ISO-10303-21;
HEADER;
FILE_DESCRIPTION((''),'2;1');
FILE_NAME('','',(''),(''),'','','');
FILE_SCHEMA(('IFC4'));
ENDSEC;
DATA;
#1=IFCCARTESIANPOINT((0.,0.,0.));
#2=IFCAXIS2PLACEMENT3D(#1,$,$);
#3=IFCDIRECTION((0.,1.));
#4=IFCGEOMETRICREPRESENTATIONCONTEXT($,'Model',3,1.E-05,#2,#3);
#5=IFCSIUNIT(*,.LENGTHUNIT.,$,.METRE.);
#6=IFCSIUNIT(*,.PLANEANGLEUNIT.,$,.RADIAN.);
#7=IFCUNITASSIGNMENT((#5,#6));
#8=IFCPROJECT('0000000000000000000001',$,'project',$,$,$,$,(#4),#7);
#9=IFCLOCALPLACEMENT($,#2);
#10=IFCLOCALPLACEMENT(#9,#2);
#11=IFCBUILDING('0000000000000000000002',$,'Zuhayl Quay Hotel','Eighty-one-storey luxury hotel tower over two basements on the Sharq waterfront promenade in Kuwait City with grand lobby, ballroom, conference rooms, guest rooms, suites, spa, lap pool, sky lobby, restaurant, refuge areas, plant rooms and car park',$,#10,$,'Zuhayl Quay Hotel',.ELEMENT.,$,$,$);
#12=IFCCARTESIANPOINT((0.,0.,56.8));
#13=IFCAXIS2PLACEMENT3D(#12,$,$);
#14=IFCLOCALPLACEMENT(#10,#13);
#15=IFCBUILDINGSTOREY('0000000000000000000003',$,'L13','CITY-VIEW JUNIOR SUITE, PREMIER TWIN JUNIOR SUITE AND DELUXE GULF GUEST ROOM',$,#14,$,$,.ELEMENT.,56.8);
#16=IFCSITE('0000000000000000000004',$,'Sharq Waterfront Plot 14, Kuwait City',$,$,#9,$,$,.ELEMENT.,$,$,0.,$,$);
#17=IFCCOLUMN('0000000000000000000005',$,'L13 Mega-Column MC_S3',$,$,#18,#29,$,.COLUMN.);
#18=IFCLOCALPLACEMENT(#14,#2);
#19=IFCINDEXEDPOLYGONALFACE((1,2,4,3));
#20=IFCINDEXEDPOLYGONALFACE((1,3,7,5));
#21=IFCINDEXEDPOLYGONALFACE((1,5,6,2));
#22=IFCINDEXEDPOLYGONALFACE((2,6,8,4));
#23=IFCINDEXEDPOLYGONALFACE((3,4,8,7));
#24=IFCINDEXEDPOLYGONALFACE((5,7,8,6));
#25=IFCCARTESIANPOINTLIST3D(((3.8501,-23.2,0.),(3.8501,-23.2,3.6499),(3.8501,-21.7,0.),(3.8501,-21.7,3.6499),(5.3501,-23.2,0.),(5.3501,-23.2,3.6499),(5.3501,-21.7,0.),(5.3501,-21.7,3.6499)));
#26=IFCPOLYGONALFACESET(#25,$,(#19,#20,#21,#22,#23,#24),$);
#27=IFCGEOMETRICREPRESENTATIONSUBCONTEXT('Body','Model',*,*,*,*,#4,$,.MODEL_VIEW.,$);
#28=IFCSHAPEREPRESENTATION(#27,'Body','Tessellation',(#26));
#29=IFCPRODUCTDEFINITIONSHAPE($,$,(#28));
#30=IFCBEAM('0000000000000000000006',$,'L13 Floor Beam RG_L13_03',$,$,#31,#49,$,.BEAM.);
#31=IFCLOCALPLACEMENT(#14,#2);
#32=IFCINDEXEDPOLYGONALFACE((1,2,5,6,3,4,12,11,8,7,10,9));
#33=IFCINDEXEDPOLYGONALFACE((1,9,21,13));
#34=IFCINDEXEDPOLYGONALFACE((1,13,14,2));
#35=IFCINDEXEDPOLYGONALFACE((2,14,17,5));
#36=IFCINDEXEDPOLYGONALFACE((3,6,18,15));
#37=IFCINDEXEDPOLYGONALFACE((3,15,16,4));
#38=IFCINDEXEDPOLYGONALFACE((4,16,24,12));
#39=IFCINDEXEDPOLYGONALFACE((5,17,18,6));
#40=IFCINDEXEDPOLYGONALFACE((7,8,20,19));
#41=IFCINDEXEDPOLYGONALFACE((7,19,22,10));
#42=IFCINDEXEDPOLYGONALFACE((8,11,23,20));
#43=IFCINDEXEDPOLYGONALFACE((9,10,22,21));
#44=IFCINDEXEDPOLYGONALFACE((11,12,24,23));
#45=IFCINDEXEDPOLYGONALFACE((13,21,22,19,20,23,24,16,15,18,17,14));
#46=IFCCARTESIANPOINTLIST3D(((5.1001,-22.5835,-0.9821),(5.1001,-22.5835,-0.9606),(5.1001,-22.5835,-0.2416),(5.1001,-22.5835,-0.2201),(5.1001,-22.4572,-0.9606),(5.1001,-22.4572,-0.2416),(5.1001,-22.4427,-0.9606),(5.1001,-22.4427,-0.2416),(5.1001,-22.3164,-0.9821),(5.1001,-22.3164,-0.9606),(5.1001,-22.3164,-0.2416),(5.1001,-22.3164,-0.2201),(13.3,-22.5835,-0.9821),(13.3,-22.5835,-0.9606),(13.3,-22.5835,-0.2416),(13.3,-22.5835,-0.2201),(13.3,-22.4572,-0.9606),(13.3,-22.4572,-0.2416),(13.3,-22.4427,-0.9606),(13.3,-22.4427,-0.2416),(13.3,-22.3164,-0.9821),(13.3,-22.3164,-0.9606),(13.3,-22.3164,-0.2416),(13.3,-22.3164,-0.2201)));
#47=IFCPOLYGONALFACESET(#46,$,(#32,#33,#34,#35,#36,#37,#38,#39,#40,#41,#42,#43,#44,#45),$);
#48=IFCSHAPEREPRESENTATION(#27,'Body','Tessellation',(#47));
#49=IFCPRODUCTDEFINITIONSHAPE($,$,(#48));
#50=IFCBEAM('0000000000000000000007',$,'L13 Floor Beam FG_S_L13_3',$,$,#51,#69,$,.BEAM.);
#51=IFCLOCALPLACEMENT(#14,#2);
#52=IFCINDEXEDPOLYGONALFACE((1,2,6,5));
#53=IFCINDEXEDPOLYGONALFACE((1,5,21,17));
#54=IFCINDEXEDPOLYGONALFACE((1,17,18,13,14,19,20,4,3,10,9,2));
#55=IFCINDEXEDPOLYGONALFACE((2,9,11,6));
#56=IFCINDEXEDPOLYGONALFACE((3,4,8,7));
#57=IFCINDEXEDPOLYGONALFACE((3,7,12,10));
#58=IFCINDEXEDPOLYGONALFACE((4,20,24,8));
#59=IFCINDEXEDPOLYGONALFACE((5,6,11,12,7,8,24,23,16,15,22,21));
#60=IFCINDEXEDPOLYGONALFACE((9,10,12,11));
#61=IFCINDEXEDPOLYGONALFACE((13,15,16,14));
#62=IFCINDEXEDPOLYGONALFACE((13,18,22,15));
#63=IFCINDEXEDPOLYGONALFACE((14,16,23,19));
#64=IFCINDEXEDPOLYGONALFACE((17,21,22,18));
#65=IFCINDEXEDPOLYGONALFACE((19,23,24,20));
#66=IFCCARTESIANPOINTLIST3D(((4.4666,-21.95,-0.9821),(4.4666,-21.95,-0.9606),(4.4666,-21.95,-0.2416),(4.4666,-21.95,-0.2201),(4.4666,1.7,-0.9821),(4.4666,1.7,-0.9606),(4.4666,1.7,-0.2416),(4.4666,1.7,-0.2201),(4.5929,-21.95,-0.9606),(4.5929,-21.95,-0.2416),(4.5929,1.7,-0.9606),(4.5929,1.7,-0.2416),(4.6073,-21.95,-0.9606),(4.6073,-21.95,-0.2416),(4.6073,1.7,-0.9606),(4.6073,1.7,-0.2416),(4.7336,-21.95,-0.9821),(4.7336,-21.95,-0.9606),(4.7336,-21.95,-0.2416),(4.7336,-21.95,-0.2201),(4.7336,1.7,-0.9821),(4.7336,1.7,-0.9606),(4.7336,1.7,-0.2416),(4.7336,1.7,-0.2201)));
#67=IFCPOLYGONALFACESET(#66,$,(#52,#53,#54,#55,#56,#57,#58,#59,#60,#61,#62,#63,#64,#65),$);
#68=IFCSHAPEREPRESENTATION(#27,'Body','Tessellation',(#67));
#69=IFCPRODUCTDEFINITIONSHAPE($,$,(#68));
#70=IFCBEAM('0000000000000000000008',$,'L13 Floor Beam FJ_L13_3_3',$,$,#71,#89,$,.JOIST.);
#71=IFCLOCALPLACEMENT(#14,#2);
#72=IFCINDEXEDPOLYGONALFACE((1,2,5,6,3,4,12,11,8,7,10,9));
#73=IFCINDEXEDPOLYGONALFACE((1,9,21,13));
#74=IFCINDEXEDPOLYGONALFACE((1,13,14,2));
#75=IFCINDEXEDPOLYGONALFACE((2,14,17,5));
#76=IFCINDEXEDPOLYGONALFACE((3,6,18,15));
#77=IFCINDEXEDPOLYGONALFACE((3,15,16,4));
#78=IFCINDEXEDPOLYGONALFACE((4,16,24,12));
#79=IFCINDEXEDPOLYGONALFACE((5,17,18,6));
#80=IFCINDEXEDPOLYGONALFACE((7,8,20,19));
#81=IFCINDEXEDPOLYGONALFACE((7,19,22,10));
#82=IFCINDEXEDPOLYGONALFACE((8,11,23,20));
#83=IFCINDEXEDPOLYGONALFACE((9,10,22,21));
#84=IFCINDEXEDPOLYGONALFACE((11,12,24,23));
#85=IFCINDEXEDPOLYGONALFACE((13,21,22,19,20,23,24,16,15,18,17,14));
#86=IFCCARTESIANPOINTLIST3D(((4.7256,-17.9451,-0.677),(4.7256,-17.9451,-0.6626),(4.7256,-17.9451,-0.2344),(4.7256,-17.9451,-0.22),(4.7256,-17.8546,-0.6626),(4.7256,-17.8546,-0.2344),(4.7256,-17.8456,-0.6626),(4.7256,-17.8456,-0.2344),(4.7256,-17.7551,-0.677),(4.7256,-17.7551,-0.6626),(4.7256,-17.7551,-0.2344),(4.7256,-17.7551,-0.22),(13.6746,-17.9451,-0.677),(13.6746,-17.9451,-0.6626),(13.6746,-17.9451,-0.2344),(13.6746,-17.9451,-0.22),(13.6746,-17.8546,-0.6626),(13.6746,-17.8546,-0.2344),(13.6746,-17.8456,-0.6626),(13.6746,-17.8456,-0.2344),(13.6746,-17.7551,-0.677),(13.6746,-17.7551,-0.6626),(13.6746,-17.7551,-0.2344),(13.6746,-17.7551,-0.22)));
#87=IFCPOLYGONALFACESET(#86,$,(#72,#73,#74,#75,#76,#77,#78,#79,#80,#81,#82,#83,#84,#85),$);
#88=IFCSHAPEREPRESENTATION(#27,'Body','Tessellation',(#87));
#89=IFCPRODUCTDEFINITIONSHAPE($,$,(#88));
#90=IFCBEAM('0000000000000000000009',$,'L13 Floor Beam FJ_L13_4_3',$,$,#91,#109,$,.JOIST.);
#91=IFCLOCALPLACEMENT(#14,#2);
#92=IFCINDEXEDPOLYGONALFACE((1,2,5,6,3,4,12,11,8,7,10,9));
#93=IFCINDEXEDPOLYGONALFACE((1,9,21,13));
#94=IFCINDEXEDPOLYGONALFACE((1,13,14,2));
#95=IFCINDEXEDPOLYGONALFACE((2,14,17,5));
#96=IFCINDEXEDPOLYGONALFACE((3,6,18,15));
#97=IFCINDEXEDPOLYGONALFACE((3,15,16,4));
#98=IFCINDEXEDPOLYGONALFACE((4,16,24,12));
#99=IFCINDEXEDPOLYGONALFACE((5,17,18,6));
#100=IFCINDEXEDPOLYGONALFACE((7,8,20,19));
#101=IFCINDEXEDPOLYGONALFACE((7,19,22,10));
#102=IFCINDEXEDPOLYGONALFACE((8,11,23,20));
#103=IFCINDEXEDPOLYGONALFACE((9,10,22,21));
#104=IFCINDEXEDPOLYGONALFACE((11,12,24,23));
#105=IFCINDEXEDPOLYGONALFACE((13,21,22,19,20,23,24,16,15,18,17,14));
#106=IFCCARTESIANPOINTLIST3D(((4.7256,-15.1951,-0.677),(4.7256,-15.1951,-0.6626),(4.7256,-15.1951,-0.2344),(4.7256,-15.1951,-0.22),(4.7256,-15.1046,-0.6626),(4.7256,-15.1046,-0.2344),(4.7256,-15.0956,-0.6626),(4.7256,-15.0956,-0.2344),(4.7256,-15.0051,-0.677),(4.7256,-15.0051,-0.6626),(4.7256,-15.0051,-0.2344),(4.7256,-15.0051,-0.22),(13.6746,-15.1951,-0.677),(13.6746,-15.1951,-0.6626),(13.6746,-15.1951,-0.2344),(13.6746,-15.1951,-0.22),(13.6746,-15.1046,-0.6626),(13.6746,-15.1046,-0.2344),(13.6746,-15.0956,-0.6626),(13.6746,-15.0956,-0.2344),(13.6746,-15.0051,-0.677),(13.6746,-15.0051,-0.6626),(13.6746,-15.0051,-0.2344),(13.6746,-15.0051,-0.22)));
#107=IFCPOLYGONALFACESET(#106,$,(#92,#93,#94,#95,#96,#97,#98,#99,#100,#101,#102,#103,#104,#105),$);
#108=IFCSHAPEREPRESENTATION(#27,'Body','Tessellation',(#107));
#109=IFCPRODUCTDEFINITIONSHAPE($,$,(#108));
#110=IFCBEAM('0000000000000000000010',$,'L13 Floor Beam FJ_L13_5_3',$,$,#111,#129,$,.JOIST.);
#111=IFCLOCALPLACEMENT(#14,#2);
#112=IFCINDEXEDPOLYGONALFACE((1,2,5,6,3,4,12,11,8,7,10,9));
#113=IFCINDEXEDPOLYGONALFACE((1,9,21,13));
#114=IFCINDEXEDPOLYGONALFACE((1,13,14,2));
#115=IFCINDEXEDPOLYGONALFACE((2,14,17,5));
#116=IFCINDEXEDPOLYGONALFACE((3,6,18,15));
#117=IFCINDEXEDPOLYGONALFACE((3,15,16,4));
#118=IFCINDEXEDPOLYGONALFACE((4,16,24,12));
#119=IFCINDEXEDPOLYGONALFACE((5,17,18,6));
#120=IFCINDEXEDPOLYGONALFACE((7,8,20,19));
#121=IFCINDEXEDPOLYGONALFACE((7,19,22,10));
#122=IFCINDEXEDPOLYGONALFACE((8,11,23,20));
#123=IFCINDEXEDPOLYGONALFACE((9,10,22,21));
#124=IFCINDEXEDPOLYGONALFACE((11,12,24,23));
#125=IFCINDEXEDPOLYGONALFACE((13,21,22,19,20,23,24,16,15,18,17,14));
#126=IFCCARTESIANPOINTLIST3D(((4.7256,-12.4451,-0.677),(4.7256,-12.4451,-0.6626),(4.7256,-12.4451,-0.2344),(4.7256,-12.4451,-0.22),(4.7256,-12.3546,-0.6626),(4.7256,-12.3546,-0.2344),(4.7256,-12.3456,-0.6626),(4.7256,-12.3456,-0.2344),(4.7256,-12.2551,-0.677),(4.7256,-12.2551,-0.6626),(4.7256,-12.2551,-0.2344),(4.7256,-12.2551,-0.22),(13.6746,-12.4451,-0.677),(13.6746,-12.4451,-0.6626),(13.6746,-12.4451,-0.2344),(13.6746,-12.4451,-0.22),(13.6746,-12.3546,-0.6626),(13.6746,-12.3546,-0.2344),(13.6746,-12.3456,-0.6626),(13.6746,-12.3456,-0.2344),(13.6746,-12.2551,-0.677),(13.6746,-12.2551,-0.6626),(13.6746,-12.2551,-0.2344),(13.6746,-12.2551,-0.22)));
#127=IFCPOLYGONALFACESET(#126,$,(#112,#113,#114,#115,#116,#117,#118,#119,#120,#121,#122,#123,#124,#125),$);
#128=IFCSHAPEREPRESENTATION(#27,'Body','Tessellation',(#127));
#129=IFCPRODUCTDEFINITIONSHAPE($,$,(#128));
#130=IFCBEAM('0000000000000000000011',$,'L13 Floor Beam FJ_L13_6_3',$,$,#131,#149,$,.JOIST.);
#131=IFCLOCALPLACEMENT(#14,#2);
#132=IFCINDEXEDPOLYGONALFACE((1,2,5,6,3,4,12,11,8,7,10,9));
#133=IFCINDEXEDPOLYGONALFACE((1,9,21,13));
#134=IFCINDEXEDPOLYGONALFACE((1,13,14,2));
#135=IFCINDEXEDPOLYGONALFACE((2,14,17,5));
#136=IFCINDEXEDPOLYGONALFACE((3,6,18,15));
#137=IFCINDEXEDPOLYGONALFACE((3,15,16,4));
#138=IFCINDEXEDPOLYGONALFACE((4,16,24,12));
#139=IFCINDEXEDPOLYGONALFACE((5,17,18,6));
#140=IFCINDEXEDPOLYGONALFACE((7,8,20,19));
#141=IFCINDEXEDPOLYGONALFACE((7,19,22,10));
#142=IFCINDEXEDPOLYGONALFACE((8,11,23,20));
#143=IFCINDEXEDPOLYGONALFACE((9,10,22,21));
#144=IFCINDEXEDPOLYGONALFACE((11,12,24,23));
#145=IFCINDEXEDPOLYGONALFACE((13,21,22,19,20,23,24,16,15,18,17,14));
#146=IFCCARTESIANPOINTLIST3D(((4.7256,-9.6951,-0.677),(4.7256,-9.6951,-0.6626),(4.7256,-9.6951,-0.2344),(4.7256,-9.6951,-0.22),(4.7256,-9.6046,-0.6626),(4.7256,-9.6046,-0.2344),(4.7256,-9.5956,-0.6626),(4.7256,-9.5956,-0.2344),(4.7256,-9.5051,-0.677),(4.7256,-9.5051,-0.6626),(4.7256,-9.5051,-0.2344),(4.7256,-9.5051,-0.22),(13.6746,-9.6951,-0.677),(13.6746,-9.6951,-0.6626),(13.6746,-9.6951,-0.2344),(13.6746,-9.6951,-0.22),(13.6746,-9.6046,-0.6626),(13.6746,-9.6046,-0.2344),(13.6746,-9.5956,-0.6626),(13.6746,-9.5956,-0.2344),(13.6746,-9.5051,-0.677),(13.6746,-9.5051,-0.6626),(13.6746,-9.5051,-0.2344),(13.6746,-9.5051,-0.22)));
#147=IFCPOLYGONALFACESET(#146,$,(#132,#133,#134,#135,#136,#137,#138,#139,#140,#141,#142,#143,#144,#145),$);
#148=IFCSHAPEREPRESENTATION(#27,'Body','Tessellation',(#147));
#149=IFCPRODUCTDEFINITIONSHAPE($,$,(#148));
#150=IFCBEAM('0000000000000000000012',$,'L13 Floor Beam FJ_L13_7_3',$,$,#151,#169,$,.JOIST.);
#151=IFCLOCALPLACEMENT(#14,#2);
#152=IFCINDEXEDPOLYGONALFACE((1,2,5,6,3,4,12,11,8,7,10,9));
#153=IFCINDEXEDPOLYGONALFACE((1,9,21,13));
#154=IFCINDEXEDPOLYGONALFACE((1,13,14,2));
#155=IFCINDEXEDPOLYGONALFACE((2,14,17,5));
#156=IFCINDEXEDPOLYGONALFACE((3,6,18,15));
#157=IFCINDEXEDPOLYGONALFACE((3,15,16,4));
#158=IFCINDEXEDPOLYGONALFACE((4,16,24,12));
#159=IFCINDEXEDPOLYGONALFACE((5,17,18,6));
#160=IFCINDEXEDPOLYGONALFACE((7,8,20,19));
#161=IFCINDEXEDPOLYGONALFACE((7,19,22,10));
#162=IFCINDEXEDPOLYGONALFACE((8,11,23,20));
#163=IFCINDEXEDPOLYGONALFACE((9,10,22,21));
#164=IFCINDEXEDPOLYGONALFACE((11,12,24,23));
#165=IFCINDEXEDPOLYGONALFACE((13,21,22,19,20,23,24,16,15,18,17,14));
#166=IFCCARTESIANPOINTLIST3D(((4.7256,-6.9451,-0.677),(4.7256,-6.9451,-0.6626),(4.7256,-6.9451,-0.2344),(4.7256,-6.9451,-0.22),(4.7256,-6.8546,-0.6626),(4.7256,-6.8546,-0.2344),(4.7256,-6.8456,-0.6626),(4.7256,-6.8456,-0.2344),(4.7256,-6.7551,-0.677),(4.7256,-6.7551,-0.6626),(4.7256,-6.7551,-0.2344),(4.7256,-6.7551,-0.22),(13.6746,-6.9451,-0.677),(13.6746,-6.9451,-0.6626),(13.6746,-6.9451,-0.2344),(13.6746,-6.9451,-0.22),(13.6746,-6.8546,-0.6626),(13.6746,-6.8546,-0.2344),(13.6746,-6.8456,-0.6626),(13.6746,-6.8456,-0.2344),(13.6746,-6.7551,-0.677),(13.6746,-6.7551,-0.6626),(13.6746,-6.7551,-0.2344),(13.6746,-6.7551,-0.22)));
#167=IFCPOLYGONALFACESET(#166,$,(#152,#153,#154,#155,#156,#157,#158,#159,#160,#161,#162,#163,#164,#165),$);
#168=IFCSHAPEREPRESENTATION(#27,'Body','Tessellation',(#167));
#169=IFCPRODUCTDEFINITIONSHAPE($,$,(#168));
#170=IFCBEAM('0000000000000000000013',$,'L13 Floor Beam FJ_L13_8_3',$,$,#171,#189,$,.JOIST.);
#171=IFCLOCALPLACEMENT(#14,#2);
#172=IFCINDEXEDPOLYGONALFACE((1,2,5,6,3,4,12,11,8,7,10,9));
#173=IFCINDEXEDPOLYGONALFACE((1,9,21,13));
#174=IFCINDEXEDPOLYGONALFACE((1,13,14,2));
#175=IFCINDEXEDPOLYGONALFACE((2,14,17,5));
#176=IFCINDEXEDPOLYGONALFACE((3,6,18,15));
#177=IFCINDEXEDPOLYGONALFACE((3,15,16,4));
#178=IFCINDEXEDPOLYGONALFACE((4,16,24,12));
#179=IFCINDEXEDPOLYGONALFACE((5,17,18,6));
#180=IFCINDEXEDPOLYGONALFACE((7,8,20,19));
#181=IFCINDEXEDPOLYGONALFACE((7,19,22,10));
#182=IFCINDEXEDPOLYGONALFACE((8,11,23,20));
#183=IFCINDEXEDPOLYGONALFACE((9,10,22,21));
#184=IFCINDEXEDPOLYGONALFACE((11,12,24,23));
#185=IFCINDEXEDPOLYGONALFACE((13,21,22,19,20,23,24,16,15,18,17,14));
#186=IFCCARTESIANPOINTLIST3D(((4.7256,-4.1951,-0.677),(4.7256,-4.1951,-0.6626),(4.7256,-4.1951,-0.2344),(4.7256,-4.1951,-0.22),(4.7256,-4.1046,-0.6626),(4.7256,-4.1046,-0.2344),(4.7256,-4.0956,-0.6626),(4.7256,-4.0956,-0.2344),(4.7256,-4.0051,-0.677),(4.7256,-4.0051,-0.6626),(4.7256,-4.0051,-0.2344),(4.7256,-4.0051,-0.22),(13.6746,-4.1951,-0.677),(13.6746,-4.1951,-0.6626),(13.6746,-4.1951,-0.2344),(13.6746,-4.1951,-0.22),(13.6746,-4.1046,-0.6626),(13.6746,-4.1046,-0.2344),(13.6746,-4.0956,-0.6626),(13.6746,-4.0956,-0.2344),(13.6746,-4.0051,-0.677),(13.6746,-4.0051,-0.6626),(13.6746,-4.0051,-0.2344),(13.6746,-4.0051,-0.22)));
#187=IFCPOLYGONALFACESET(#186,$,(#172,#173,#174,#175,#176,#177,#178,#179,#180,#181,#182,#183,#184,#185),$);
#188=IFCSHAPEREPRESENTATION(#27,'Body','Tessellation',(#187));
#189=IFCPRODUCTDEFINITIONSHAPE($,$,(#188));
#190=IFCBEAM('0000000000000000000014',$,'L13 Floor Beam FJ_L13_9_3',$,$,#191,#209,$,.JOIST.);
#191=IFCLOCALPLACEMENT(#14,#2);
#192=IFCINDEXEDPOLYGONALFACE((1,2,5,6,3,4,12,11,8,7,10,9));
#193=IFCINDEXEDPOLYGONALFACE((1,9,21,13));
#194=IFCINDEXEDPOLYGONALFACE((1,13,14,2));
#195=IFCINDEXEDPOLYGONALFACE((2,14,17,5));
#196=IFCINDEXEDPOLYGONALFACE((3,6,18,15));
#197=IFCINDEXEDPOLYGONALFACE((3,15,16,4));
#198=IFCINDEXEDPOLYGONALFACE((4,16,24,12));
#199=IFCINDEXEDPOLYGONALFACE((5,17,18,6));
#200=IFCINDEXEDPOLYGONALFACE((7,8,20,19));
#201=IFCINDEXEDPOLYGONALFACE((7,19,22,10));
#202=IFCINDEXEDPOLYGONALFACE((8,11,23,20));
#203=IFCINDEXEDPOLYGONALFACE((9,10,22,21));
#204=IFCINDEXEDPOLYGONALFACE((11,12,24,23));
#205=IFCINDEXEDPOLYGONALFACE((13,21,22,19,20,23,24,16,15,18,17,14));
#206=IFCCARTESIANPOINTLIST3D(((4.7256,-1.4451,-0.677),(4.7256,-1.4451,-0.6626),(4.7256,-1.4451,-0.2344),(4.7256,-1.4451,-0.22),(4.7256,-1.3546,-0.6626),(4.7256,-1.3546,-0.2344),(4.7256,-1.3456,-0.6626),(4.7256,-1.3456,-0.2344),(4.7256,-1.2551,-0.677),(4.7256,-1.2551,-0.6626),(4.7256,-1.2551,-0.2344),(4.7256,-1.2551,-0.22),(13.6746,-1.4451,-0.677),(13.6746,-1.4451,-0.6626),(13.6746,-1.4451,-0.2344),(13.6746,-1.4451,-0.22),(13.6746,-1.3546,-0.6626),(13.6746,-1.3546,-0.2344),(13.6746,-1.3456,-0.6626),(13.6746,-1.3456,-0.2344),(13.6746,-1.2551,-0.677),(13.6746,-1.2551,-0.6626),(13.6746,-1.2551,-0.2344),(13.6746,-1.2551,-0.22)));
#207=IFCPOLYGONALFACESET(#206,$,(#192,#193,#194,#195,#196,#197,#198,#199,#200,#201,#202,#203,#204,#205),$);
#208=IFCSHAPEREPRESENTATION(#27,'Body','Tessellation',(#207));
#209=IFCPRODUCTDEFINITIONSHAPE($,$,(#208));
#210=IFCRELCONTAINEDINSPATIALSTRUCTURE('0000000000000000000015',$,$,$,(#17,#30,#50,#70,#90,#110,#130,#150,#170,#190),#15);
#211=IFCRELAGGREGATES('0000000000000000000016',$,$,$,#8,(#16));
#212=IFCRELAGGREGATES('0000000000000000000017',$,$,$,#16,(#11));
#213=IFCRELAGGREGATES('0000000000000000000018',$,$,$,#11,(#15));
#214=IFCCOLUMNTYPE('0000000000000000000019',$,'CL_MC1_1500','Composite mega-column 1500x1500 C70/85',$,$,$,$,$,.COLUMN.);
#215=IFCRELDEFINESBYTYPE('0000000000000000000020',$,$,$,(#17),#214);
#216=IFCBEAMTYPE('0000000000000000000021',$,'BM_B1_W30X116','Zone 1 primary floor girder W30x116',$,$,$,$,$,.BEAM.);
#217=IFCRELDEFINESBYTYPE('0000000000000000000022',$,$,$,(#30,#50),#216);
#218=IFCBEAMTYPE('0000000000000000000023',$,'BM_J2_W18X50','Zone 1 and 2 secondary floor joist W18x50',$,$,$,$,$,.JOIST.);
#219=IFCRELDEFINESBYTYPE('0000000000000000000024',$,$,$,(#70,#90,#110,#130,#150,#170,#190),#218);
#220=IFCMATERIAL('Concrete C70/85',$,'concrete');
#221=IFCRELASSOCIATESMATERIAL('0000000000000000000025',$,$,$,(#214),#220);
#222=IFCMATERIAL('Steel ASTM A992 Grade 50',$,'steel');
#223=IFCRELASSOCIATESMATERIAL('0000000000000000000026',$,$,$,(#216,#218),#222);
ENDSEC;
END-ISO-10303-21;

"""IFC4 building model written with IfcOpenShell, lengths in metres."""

from ifc_helpers import new_model, si_unit, direction, frame, origin, origin_2d, place, context, subcontext, project, spatial, rectangle, i_section, extrude, material, material_profile, profile_set, type_object, element, save


model = new_model("IFC4")

# Units and contexts
model_context = context("Model", 3, precision=1e-05, world=origin(), true_north=direction((0.0, 1.0)))
body_context = subcontext(model_context, "Body", "Model", "MODEL_VIEW")
ifc_project = project(units=[si_unit("LENGTHUNIT", "METRE"), si_unit("PLANEANGLEUNIT", "RADIAN")], contexts=[model_context])

# Site, building, storey
site_placement = place(None, origin())
site = spatial("IfcSite", under=ifc_project, at=site_placement, Name="Sharq Waterfront Plot 14, Kuwait City", CompositionType="ELEMENT", RefElevation=0.0)
building_placement = place(site_placement, origin())
building = spatial("IfcBuilding", under=site, at=building_placement, Name="Zuhayl Quay Hotel", Description="Eighty-one-storey luxury hotel tower over two basements on the Sharq waterfront promenade in Kuwait City with grand lobby, ballroom, conference rooms, guest rooms, suites, spa, lap pool, sky lobby, restaurant, refuge areas, plant rooms and car park", LongName="Zuhayl Quay Hotel", CompositionType="ELEMENT")
storey_placement = place(building_placement, frame((0.0, 0.0, 56.8)))
storey = spatial("IfcBuildingStorey", under=building, at=storey_placement, Name="L13", Description="CITY-VIEW JUNIOR SUITE, PREMIER TWIN JUNIOR SUITE AND DELUXE GULF GUEST ROOM", CompositionType="ELEMENT", Elevation=56.8)

# Column
ifc_material_1 = material(Name="Concrete C70/85", Category="concrete")
ifc_material_profile_1 = material_profile(ifc_material_1, rectangle(XDim=1.5, YDim=1.5, at=origin_2d()), Name="RC1500X1500")
ifc_profile_set_1 = profile_set([ifc_material_profile_1], Name="Concrete C70/85")
column_type = type_object("IfcColumnType", Name="CL_MC1_1500", Description="Composite mega-column 1500x1500 C70/85", PredefinedType="COLUMN", material=ifc_profile_set_1)
column_placement = place(storey_placement, frame((4.6001, -22.45, 0.0), z_axis=(0.0, 0.0, 1.0), x_axis=(1.0, 0.0, 0.0)))
element("IfcColumn", 1, at=column_placement, inside=storey, type_object=column_type, Name="L13 Mega-Column MC_S3", PredefinedType="COLUMN", context=body_context, shape_type="SweptSolid", body=[
    extrude(rectangle(XDim=1.5, YDim=1.5, at=origin_2d()), origin(), (0.0, 0.0, 1.0), 3.6499),
])

# Beams
ifc_material_2 = material(Name="Steel ASTM A992 Grade 50", Category="steel")
ifc_material_profile_2 = material_profile(ifc_material_2, i_section(OverallWidth=0.2671, OverallDepth=0.762, WebThickness=0.0144, FlangeThickness=0.0215, at=origin_2d()), Name="W30X116")
ifc_profile_set_2 = profile_set([ifc_material_profile_2], Name="Steel ASTM A992 Grade 50")
beam_type_1 = type_object("IfcBeamType", Name="BM_B1_W30X116", Description="Zone 1 primary floor girder W30x116", PredefinedType="BEAM", material=ifc_profile_set_2)
beam_1_placement = place(storey_placement, frame((5.1001, -22.45, -0.6011), z_axis=(1.0, 0.0, 0.0), x_axis=(0.0, 1.0, 0.0)))
element("IfcBeam", 2, at=beam_1_placement, inside=storey, type_object=beam_type_1, Name="L13 Floor Beam RG_L13_03", PredefinedType="BEAM", context=body_context, shape_type="SweptSolid", body=[
    extrude(i_section(OverallWidth=0.2671, OverallDepth=0.762, WebThickness=0.0144, FlangeThickness=0.0215, at=origin_2d()), origin(), (0.0, 0.0, 1.0), 8.2),
])
beam_2_placement = place(storey_placement, frame((4.6001, -21.95, -0.6011), z_axis=(0.0, 1.0, 0.0), x_axis=(-1.0, 0.0, 0.0)))
element("IfcBeam", 3, at=beam_2_placement, inside=storey, type_object=beam_type_1, Name="L13 Floor Beam FG_S_L13_3", PredefinedType="BEAM", context=body_context, shape_type="SweptSolid", body=[
    extrude(i_section(OverallWidth=0.2671, OverallDepth=0.762, WebThickness=0.0144, FlangeThickness=0.0215, at=origin_2d()), origin(), (0.0, 0.0, 1.0), 23.6499),
])
ifc_material_profile_3 = material_profile(ifc_material_2, i_section(OverallWidth=0.1899, OverallDepth=0.457, WebThickness=0.009, FlangeThickness=0.0144, at=origin_2d()), Name="W18X50")
ifc_profile_set_3 = profile_set([ifc_material_profile_3], Name="Steel ASTM A992 Grade 50")
beam_type_2 = type_object("IfcBeamType", Name="BM_J2_W18X50", Description="Zone 1 and 2 secondary floor joist W18x50", PredefinedType="JOIST", material=ifc_profile_set_3)
for number, where, z_axis, x_axis, name in (
    (4, (4.7256, -17.8501, -0.4485), (1.0, 0.0, 0.0), (0.0, 1.0, 0.0), "L13 Floor Beam FJ_L13_3_3"),
    (5, (4.7256, -15.1001, -0.4485), (1.0, 0.0, 0.0), (0.0, 1.0, 0.0), "L13 Floor Beam FJ_L13_4_3"),
    (6, (4.7256, -12.3501, -0.4485), (1.0, 0.0, 0.0), (0.0, 1.0, 0.0), "L13 Floor Beam FJ_L13_5_3"),
    (7, (4.7256, -9.6001, -0.4485), (1.0, 0.0, 0.0), (0.0, 1.0, 0.0), "L13 Floor Beam FJ_L13_6_3"),
    (8, (4.7256, -6.8501, -0.4485), (1.0, 0.0, 0.0), (0.0, 1.0, 0.0), "L13 Floor Beam FJ_L13_7_3"),
    (9, (4.7256, -4.1001, -0.4485), (1.0, 0.0, 0.0), (0.0, 1.0, 0.0), "L13 Floor Beam FJ_L13_8_3"),
    (10, (4.7256, -1.3501, -0.4485), (1.0, 0.0, 0.0), (0.0, 1.0, 0.0), "L13 Floor Beam FJ_L13_9_3"),
):
    element("IfcBeam", number, at=place(storey_placement, frame(where, z_axis=z_axis, x_axis=x_axis)), inside=storey, type_object=beam_type_2, Name=name, PredefinedType="JOIST", context=body_context, shape_type="SweptSolid", body=[
        extrude(i_section(OverallWidth=0.1899, OverallDepth=0.457, WebThickness=0.009, FlangeThickness=0.0144, at=origin_2d()), origin(), (0.0, 0.0, 1.0), 8.949),
    ])

save(model, "model.ifc")
